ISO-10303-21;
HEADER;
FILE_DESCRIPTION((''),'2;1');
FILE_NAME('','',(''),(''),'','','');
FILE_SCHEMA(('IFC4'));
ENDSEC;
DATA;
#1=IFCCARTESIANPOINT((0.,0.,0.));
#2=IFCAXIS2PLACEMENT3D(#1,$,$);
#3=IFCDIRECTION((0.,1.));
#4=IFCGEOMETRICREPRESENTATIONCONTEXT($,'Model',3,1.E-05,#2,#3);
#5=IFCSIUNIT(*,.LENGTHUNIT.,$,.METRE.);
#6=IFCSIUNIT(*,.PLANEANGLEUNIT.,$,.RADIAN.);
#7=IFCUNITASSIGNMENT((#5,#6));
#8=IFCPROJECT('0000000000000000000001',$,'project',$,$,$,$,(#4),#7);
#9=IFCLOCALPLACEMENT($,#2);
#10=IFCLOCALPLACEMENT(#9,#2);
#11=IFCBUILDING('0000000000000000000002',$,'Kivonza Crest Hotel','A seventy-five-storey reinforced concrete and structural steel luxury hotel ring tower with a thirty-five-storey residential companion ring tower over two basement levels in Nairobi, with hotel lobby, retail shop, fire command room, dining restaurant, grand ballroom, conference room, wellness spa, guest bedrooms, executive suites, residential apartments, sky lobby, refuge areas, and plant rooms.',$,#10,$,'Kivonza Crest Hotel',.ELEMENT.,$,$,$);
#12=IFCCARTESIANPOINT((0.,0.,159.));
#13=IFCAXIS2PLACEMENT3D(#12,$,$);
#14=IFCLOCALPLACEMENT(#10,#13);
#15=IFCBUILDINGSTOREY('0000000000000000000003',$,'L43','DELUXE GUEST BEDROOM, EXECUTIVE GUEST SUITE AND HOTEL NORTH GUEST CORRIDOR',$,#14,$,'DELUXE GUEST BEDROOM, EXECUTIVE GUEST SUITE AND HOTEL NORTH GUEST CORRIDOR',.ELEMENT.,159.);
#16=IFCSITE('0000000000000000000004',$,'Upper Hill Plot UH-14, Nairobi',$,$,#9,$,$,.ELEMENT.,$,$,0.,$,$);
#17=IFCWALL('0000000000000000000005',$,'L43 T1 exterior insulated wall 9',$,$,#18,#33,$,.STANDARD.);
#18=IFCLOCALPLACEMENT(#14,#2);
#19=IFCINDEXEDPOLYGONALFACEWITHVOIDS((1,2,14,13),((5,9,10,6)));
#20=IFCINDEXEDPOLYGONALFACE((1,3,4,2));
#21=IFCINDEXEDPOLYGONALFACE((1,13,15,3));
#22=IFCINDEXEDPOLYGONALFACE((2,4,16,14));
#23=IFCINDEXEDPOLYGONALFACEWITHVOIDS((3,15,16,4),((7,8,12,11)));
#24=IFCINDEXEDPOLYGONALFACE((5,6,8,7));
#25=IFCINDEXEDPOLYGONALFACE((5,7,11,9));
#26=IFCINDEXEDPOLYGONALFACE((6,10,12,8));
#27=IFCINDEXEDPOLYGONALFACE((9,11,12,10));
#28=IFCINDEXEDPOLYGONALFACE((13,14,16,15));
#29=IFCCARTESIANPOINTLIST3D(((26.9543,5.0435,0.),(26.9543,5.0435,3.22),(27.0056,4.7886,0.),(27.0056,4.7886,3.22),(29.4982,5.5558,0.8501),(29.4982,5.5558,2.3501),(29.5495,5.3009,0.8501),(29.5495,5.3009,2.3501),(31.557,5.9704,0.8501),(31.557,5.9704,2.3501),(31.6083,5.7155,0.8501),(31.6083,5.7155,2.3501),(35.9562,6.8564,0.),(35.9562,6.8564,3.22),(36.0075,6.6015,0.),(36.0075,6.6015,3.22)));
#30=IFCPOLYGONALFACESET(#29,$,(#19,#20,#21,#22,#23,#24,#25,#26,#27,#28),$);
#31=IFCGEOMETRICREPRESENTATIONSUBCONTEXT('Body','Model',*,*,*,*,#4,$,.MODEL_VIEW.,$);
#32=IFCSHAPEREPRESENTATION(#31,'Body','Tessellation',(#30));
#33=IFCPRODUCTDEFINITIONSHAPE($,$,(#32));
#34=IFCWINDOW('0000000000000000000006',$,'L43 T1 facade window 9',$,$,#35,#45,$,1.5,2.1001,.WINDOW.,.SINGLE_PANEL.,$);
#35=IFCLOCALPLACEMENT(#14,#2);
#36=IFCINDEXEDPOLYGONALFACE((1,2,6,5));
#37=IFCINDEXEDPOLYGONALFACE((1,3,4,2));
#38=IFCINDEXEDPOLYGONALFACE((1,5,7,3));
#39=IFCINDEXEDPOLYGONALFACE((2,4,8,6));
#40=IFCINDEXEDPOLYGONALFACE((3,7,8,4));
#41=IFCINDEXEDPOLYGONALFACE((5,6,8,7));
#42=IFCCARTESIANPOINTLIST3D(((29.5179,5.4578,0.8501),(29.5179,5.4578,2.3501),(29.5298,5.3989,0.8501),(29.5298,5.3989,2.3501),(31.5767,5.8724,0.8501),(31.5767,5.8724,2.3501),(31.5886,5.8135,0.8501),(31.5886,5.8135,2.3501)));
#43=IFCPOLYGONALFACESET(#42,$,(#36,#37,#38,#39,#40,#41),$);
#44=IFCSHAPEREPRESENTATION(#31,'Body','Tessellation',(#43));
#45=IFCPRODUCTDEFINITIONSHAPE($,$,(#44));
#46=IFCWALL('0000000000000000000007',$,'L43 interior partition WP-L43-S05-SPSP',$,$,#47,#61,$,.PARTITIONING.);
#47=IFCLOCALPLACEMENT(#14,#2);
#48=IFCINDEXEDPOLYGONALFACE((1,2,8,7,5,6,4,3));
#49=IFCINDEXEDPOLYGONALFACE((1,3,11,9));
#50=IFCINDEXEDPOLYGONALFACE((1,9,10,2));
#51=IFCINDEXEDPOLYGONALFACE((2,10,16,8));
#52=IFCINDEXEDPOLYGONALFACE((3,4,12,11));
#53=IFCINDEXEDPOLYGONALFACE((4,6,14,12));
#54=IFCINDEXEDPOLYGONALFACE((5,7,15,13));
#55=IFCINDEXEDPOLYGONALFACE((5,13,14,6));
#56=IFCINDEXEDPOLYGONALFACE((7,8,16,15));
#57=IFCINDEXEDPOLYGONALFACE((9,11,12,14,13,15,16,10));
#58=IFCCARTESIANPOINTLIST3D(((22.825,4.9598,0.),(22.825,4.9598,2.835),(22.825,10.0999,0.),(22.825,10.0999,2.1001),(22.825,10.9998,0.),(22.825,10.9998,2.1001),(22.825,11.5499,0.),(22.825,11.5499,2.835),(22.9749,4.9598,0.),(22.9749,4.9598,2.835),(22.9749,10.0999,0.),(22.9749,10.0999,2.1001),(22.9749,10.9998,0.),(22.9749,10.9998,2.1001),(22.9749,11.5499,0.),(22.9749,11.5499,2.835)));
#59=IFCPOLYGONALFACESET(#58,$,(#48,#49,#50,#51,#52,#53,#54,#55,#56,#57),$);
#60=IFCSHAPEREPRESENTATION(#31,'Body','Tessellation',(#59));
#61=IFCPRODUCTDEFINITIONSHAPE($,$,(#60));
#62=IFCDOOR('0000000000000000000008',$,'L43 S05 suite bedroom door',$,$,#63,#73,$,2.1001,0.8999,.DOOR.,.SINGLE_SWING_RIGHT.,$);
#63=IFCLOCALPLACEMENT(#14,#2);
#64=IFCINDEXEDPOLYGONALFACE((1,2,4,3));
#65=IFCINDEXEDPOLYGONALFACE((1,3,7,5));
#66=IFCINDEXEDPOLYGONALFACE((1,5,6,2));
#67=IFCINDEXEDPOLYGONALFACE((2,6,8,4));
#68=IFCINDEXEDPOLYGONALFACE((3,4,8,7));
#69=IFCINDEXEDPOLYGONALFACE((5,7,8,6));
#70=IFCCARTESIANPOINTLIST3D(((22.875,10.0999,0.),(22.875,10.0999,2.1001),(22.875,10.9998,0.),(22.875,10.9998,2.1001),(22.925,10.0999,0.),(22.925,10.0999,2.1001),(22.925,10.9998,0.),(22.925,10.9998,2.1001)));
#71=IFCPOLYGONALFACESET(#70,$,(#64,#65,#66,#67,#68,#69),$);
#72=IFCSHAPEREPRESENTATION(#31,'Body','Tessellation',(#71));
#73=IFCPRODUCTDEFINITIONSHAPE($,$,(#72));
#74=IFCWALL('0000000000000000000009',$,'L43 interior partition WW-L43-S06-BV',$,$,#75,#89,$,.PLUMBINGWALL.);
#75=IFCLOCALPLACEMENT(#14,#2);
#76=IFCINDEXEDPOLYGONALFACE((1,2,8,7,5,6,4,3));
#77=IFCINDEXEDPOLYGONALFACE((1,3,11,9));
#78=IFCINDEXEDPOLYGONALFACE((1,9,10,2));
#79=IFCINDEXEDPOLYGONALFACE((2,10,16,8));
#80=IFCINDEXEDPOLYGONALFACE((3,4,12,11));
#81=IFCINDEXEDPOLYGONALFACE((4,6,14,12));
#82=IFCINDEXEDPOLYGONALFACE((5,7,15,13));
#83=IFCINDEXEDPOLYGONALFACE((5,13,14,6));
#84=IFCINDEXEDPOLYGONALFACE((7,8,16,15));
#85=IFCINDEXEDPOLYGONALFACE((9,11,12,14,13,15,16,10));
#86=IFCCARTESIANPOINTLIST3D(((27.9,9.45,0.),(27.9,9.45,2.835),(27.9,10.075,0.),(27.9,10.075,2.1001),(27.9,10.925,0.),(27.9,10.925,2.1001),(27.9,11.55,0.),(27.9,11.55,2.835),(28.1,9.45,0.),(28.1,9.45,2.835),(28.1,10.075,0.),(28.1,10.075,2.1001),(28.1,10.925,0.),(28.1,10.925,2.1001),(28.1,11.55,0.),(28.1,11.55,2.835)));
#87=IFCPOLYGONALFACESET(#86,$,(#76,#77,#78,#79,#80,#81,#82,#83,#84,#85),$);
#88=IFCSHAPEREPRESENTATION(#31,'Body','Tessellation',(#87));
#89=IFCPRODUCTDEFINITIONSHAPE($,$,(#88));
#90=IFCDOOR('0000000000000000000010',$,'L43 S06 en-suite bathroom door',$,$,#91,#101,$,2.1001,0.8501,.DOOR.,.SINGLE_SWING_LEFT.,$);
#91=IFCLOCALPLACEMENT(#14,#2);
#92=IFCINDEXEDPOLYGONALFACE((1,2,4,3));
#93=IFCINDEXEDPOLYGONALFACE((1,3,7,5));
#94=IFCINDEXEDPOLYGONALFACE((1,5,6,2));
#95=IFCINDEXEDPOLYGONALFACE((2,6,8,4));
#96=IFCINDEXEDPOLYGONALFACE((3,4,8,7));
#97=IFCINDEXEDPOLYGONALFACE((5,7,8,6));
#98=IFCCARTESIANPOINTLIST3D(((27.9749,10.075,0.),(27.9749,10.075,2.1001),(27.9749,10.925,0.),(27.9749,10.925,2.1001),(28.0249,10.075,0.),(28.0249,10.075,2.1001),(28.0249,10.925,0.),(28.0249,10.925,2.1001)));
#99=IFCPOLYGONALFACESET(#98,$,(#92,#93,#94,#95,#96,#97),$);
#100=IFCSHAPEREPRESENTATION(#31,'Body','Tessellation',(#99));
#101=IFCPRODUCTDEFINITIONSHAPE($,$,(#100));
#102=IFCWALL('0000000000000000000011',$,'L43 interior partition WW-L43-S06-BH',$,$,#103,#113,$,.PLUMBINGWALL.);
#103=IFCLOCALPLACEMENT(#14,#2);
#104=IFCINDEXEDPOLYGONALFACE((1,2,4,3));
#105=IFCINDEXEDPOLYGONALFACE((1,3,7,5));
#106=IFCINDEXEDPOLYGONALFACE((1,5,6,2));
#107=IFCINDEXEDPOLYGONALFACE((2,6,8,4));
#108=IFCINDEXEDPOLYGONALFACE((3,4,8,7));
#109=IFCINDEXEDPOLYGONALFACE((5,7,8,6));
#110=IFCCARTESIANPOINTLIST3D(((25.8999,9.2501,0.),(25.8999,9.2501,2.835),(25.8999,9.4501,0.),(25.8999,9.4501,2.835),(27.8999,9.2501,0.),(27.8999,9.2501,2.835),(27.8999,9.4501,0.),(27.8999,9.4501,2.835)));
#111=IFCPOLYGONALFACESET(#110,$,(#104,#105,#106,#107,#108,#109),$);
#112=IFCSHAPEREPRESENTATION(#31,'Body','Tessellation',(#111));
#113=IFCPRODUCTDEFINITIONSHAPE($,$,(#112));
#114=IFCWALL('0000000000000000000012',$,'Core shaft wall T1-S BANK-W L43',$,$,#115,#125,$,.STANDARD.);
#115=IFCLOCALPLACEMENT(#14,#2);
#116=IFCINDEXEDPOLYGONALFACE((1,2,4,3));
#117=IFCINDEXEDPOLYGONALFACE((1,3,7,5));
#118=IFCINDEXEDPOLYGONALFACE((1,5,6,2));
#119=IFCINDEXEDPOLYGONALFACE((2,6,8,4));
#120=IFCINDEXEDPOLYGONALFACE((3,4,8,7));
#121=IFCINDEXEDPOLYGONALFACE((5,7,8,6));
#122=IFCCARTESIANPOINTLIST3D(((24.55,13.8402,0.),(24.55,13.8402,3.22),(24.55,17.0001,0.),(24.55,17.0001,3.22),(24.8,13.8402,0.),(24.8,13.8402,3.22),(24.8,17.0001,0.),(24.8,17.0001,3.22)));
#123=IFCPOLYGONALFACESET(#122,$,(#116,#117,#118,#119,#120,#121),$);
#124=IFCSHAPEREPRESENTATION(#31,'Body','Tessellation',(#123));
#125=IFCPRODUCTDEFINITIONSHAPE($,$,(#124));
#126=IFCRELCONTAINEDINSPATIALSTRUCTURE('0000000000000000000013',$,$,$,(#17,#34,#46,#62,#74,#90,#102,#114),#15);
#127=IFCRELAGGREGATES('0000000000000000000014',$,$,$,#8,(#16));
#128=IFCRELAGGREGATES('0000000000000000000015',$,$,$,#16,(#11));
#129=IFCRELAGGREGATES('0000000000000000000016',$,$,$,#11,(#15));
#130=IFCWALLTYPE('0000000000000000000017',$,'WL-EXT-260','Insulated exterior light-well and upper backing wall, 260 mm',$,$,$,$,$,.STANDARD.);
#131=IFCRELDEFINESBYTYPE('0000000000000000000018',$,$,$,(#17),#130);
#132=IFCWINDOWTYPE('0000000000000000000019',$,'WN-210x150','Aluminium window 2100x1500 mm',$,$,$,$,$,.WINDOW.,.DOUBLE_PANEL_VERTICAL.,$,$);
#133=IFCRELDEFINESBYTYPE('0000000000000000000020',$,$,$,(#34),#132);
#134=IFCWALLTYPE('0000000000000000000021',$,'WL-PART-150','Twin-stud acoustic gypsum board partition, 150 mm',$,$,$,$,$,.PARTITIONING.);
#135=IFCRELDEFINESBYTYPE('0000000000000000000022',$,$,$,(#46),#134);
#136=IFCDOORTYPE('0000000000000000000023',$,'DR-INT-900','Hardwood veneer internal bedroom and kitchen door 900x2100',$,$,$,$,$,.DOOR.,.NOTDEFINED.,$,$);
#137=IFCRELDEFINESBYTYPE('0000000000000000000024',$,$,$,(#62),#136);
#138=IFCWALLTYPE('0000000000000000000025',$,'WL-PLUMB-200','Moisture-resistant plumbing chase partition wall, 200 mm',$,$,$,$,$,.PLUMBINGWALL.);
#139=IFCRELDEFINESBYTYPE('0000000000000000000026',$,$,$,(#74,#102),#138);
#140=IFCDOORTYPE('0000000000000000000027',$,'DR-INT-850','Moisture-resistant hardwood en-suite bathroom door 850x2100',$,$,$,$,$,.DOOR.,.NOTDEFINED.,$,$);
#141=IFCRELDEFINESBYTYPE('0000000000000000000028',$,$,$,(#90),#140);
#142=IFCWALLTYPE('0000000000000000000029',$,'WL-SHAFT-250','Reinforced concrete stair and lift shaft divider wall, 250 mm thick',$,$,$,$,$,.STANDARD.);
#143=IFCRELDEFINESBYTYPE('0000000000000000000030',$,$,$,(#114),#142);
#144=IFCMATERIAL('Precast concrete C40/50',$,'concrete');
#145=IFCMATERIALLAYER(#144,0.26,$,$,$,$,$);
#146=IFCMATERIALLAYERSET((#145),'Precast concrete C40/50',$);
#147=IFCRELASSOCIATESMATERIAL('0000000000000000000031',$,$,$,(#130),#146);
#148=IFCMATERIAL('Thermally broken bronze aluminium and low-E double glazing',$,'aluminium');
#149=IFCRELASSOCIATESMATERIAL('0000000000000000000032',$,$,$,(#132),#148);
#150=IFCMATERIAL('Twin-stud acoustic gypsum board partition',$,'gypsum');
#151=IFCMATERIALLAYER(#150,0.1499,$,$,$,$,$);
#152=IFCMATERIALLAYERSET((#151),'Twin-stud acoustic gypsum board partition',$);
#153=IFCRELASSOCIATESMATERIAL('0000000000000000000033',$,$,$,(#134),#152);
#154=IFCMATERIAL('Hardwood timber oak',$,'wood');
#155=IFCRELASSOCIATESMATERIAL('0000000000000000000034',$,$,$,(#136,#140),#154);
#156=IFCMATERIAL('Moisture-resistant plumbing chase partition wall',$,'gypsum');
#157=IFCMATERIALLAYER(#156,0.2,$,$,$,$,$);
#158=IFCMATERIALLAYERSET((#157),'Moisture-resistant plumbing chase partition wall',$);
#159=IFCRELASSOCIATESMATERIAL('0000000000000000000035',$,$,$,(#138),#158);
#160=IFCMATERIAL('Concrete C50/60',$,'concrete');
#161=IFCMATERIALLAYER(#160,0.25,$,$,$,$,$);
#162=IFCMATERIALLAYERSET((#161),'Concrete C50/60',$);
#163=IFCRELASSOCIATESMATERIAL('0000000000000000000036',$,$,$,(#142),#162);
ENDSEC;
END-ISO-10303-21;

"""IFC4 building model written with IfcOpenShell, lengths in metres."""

from ifc_helpers import new_model, si_unit, direction, frame, frame_2d, origin, place, context, subcontext, project, spatial, rectangle, extrude, material, layer, layer_set, type_object, element, fill, save


model = new_model("IFC4")

# Units and contexts
model_context = context("Model", 3, precision=1e-05, world=origin(), true_north=direction((0.0, 1.0)))
body_context = subcontext(model_context, "Body", "Model", "MODEL_VIEW")
ifc_project = project(units=[si_unit("LENGTHUNIT", "METRE"), si_unit("PLANEANGLEUNIT", "RADIAN")], contexts=[model_context])

# Site, building, storey
site_placement = place(None, origin())
site = spatial("IfcSite", under=ifc_project, at=site_placement, Name="Upper Hill Plot UH-14, Nairobi", CompositionType="ELEMENT", RefElevation=0.0)
building_placement = place(site_placement, origin())
building = spatial("IfcBuilding", under=site, at=building_placement, Name="Kivonza Crest Hotel", Description="A seventy-five-storey reinforced concrete and structural steel luxury hotel ring tower with a thirty-five-storey residential companion ring tower over two basement levels in Nairobi, with hotel lobby, retail shop, fire command room, dining restaurant, grand ballroom, conference room, wellness spa, guest bedrooms, executive suites, residential apartments, sky lobby, refuge areas, and plant rooms.", LongName="Kivonza Crest Hotel", CompositionType="ELEMENT")
storey_placement = place(building_placement, frame((0.0, 0.0, 159.0)))
storey = spatial("IfcBuildingStorey", under=building, at=storey_placement, Name="L43", Description="DELUXE GUEST BEDROOM, EXECUTIVE GUEST SUITE AND HOTEL NORTH GUEST CORRIDOR", LongName="DELUXE GUEST BEDROOM, EXECUTIVE GUEST SUITE AND HOTEL NORTH GUEST CORRIDOR", CompositionType="ELEMENT", Elevation=159.0)

# Shared definitions
ifc_material_1 = material(Name="Concrete C50/60", Category="concrete")

# Shared definitions
ifc_material_2 = material(Name="Hardwood timber oak", Category="wood")

# Wall, opening, window
ifc_material_3 = material(Name="Precast concrete C40/50", Category="concrete")
ifc_layer_1 = layer(ifc_material_3, 0.26)
ifc_layer_set_1 = layer_set([ifc_layer_1], Name="Precast concrete C40/50")
wall_type_1 = type_object("IfcWallType", Name="WL-EXT-260", Description="Insulated exterior light-well and upper backing wall, 260 mm", PredefinedType="STANDARD", material=ifc_layer_set_1)
wall_1_placement = place(storey_placement, frame((26.98, 4.916, 0.0), z_axis=(0.0, 0.0, 1.0), x_axis=(0.980316, 0.197435, 0.0)))
wall_1 = element("IfcWall", 1, at=wall_1_placement, inside=storey, type_object=wall_type_1, Name="L43 T1 exterior insulated wall 9", PredefinedType="STANDARD", context=body_context, shape_type="SweptSolid", body=[
    extrude(rectangle(XDim=9.1826, YDim=0.26, at=frame_2d((4.5913, 0.0))), origin(), (0.0, 0.0, 1.0), 3.22),
])
opening_1_placement = place(wall_1_placement, frame((2.595, 0.0, 0.8501)))
opening_1 = element("IfcOpeningElement", 2, at=opening_1_placement, cuts=wall_1, PredefinedType="OPENING", context=body_context, shape_type="SweptSolid", body=[
    extrude(rectangle(XDim=2.1001, YDim=1.5, at=frame_2d((1.05, 0.75))), frame((0.0, 0.1401, 0.0), z_axis=(0.0, -1.0, 0.0), x_axis=(1.0, 0.0, 0.0)), (0.0, 0.0, 1.0), 0.28),
])
ifc_material_4 = material(Name="Thermally broken bronze aluminium and low-E double glazing", Category="aluminium")
window_type = type_object("IfcWindowType", Name="WN-210x150", Description="Aluminium window 2100x1500 mm", PartitioningType="DOUBLE_PANEL_VERTICAL", PredefinedType="WINDOW", material=ifc_material_4)
window_placement = place(opening_1_placement, origin())
window = element("IfcWindow", 3, at=window_placement, inside=storey, type_object=window_type, Name="L43 T1 facade window 9", OverallHeight=1.5, OverallWidth=2.1001, PartitioningType="SINGLE_PANEL", PredefinedType="WINDOW", context=body_context, shape_type="SweptSolid", body=[
    extrude(rectangle(XDim=2.1001, YDim=1.5, at=frame_2d((1.05, 0.75))), frame((0.0, 0.03, 0.0), z_axis=(0.0, -1.0, 0.0), x_axis=(1.0, 0.0, 0.0)), (0.0, 0.0, 1.0), 0.0601),
])
fill(opening_1, window)

# Walls, openings, doors
ifc_material_5 = material(Name="Twin-stud acoustic gypsum board partition", Category="gypsum")
ifc_layer_2 = layer(ifc_material_5, 0.1499)
ifc_layer_set_2 = layer_set([ifc_layer_2], Name="Twin-stud acoustic gypsum board partition")
wall_type_2 = type_object("IfcWallType", Name="WL-PART-150", Description="Twin-stud acoustic gypsum board partition, 150 mm", PredefinedType="PARTITIONING", material=ifc_layer_set_2)
wall_2_placement = place(storey_placement, frame((22.8999, 4.96, 0.0), z_axis=(0.0, 0.0, 1.0), x_axis=(0.0, 1.0, 0.0)))
wall_2 = element("IfcWall", 4, at=wall_2_placement, inside=storey, type_object=wall_type_2, Name="L43 interior partition WP-L43-S05-SPSP", PredefinedType="PARTITIONING", context=body_context, shape_type="SweptSolid", body=[
    extrude(rectangle(XDim=6.5901, YDim=0.1499, at=frame_2d((3.2949, 0.0))), origin(), (0.0, 0.0, 1.0), 2.835),
])
opening_2_placement = place(wall_2_placement, frame((5.1399, 0.0, 0.0)))
opening_2 = element("IfcOpeningElement", 5, at=opening_2_placement, cuts=wall_2, PredefinedType="OPENING", context=body_context, shape_type="SweptSolid", body=[
    extrude(rectangle(XDim=0.8999, YDim=2.1001, at=frame_2d((0.45, 1.05))), frame((0.0, 0.085, 0.0), z_axis=(0.0, -1.0, 0.0), x_axis=(1.0, 0.0, 0.0)), (0.0, 0.0, 1.0), 0.1699),
])
door_type_1 = type_object("IfcDoorType", Name="DR-INT-900", Description="Hardwood veneer internal bedroom and kitchen door 900x2100", OperationType="NOTDEFINED", PredefinedType="DOOR", material=ifc_material_2)
door_1_placement = place(opening_2_placement, origin())
door_1 = element("IfcDoor", 6, at=door_1_placement, inside=storey, type_object=door_type_1, Name="L43 S05 suite bedroom door", OperationType="SINGLE_SWING_RIGHT", OverallHeight=2.1001, OverallWidth=0.8999, PredefinedType="DOOR", context=body_context, shape_type="SweptSolid", body=[
    extrude(rectangle(XDim=0.8999, YDim=2.1001, at=frame_2d((0.45, 1.05))), frame((0.0, 0.0249, 0.0), z_axis=(0.0, -1.0, 0.0), x_axis=(1.0, 0.0, 0.0)), (0.0, 0.0, 1.0), 0.05),
])
fill(opening_2, door_1)
ifc_material_6 = material(Name="Moisture-resistant plumbing chase partition wall", Category="gypsum")
ifc_layer_3 = layer(ifc_material_6, 0.2)
ifc_layer_set_3 = layer_set([ifc_layer_3], Name="Moisture-resistant plumbing chase partition wall")
wall_type_3 = type_object("IfcWallType", Name="WL-PLUMB-200", Description="Moisture-resistant plumbing chase partition wall, 200 mm", PredefinedType="PLUMBINGWALL", material=ifc_layer_set_3)
wall_3_placement = place(storey_placement, frame((28.0, 9.45, 0.0), z_axis=(0.0, 0.0, 1.0), x_axis=(0.0, 1.0, 0.0)))
wall_3 = element("IfcWall", 7, at=wall_3_placement, inside=storey, type_object=wall_type_3, Name="L43 interior partition WW-L43-S06-BV", PredefinedType="PLUMBINGWALL", context=body_context, shape_type="SweptSolid", body=[
    extrude(rectangle(XDim=2.1001, YDim=0.2, at=frame_2d((1.05, 0.0))), origin(), (0.0, 0.0, 1.0), 2.835),
])
opening_3_placement = place(wall_3_placement, frame((0.625, 0.0, 0.0)))
opening_3 = element("IfcOpeningElement", 8, at=opening_3_placement, cuts=wall_3, PredefinedType="OPENING", context=body_context, shape_type="SweptSolid", body=[
    extrude(rectangle(XDim=0.8501, YDim=2.1001, at=frame_2d((0.425, 1.05))), frame((0.0, 0.1099, 0.0), z_axis=(0.0, -1.0, 0.0), x_axis=(1.0, 0.0, 0.0)), (0.0, 0.0, 1.0), 0.22),
])
door_type_2 = type_object("IfcDoorType", Name="DR-INT-850", Description="Moisture-resistant hardwood en-suite bathroom door 850x2100", OperationType="NOTDEFINED", PredefinedType="DOOR", material=ifc_material_2)
door_2_placement = place(opening_3_placement, frame((0.8501, 0.0, 0.0), z_axis=(0.0, 0.0, 1.0), x_axis=(-1.0, 0.0, 0.0)))
door_2 = element("IfcDoor", 9, at=door_2_placement, inside=storey, type_object=door_type_2, Name="L43 S06 en-suite bathroom door", OperationType="SINGLE_SWING_LEFT", OverallHeight=2.1001, OverallWidth=0.8501, PredefinedType="DOOR", context=body_context, shape_type="SweptSolid", body=[
    extrude(rectangle(XDim=0.8501, YDim=2.1001, at=frame_2d((0.425, 1.05))), frame((0.0, 0.0249, 0.0), z_axis=(0.0, -1.0, 0.0), x_axis=(1.0, 0.0, 0.0)), (0.0, 0.0, 1.0), 0.05),
])
fill(opening_3, door_2)

# Walls
wall_4_placement = place(storey_placement, frame((25.8999, 9.3501, 0.0), z_axis=(0.0, 0.0, 1.0), x_axis=(1.0, 0.0, 0.0)))
element("IfcWall", 10, at=wall_4_placement, inside=storey, type_object=wall_type_3, Name="L43 interior partition WW-L43-S06-BH", PredefinedType="PLUMBINGWALL", context=body_context, shape_type="SweptSolid", body=[
    extrude(rectangle(XDim=2.0, YDim=0.2, at=frame_2d((1.0, 0.0))), origin(), (0.0, 0.0, 1.0), 2.835),
])
ifc_layer_4 = layer(ifc_material_1, 0.25)
ifc_layer_set_4 = layer_set([ifc_layer_4], Name="Concrete C50/60")
wall_type_4 = type_object("IfcWallType", Name="WL-SHAFT-250", Description="Reinforced concrete stair and lift shaft divider wall, 250 mm thick", PredefinedType="STANDARD", material=ifc_layer_set_4)
wall_5_placement = place(storey_placement, frame((24.675, 13.8401, 0.0), z_axis=(0.0, 0.0, 1.0), x_axis=(0.0, 1.0, 0.0)))
element("IfcWall", 11, at=wall_5_placement, inside=storey, type_object=wall_type_4, Name="Core shaft wall T1-S BANK-W L43", PredefinedType="STANDARD", context=body_context, shape_type="SweptSolid", body=[
    extrude(rectangle(XDim=3.1599, YDim=0.25, at=frame_2d((1.5801, 0.0))), origin(), (0.0, 0.0, 1.0), 3.22),
])

save(model, "model.ifc")
